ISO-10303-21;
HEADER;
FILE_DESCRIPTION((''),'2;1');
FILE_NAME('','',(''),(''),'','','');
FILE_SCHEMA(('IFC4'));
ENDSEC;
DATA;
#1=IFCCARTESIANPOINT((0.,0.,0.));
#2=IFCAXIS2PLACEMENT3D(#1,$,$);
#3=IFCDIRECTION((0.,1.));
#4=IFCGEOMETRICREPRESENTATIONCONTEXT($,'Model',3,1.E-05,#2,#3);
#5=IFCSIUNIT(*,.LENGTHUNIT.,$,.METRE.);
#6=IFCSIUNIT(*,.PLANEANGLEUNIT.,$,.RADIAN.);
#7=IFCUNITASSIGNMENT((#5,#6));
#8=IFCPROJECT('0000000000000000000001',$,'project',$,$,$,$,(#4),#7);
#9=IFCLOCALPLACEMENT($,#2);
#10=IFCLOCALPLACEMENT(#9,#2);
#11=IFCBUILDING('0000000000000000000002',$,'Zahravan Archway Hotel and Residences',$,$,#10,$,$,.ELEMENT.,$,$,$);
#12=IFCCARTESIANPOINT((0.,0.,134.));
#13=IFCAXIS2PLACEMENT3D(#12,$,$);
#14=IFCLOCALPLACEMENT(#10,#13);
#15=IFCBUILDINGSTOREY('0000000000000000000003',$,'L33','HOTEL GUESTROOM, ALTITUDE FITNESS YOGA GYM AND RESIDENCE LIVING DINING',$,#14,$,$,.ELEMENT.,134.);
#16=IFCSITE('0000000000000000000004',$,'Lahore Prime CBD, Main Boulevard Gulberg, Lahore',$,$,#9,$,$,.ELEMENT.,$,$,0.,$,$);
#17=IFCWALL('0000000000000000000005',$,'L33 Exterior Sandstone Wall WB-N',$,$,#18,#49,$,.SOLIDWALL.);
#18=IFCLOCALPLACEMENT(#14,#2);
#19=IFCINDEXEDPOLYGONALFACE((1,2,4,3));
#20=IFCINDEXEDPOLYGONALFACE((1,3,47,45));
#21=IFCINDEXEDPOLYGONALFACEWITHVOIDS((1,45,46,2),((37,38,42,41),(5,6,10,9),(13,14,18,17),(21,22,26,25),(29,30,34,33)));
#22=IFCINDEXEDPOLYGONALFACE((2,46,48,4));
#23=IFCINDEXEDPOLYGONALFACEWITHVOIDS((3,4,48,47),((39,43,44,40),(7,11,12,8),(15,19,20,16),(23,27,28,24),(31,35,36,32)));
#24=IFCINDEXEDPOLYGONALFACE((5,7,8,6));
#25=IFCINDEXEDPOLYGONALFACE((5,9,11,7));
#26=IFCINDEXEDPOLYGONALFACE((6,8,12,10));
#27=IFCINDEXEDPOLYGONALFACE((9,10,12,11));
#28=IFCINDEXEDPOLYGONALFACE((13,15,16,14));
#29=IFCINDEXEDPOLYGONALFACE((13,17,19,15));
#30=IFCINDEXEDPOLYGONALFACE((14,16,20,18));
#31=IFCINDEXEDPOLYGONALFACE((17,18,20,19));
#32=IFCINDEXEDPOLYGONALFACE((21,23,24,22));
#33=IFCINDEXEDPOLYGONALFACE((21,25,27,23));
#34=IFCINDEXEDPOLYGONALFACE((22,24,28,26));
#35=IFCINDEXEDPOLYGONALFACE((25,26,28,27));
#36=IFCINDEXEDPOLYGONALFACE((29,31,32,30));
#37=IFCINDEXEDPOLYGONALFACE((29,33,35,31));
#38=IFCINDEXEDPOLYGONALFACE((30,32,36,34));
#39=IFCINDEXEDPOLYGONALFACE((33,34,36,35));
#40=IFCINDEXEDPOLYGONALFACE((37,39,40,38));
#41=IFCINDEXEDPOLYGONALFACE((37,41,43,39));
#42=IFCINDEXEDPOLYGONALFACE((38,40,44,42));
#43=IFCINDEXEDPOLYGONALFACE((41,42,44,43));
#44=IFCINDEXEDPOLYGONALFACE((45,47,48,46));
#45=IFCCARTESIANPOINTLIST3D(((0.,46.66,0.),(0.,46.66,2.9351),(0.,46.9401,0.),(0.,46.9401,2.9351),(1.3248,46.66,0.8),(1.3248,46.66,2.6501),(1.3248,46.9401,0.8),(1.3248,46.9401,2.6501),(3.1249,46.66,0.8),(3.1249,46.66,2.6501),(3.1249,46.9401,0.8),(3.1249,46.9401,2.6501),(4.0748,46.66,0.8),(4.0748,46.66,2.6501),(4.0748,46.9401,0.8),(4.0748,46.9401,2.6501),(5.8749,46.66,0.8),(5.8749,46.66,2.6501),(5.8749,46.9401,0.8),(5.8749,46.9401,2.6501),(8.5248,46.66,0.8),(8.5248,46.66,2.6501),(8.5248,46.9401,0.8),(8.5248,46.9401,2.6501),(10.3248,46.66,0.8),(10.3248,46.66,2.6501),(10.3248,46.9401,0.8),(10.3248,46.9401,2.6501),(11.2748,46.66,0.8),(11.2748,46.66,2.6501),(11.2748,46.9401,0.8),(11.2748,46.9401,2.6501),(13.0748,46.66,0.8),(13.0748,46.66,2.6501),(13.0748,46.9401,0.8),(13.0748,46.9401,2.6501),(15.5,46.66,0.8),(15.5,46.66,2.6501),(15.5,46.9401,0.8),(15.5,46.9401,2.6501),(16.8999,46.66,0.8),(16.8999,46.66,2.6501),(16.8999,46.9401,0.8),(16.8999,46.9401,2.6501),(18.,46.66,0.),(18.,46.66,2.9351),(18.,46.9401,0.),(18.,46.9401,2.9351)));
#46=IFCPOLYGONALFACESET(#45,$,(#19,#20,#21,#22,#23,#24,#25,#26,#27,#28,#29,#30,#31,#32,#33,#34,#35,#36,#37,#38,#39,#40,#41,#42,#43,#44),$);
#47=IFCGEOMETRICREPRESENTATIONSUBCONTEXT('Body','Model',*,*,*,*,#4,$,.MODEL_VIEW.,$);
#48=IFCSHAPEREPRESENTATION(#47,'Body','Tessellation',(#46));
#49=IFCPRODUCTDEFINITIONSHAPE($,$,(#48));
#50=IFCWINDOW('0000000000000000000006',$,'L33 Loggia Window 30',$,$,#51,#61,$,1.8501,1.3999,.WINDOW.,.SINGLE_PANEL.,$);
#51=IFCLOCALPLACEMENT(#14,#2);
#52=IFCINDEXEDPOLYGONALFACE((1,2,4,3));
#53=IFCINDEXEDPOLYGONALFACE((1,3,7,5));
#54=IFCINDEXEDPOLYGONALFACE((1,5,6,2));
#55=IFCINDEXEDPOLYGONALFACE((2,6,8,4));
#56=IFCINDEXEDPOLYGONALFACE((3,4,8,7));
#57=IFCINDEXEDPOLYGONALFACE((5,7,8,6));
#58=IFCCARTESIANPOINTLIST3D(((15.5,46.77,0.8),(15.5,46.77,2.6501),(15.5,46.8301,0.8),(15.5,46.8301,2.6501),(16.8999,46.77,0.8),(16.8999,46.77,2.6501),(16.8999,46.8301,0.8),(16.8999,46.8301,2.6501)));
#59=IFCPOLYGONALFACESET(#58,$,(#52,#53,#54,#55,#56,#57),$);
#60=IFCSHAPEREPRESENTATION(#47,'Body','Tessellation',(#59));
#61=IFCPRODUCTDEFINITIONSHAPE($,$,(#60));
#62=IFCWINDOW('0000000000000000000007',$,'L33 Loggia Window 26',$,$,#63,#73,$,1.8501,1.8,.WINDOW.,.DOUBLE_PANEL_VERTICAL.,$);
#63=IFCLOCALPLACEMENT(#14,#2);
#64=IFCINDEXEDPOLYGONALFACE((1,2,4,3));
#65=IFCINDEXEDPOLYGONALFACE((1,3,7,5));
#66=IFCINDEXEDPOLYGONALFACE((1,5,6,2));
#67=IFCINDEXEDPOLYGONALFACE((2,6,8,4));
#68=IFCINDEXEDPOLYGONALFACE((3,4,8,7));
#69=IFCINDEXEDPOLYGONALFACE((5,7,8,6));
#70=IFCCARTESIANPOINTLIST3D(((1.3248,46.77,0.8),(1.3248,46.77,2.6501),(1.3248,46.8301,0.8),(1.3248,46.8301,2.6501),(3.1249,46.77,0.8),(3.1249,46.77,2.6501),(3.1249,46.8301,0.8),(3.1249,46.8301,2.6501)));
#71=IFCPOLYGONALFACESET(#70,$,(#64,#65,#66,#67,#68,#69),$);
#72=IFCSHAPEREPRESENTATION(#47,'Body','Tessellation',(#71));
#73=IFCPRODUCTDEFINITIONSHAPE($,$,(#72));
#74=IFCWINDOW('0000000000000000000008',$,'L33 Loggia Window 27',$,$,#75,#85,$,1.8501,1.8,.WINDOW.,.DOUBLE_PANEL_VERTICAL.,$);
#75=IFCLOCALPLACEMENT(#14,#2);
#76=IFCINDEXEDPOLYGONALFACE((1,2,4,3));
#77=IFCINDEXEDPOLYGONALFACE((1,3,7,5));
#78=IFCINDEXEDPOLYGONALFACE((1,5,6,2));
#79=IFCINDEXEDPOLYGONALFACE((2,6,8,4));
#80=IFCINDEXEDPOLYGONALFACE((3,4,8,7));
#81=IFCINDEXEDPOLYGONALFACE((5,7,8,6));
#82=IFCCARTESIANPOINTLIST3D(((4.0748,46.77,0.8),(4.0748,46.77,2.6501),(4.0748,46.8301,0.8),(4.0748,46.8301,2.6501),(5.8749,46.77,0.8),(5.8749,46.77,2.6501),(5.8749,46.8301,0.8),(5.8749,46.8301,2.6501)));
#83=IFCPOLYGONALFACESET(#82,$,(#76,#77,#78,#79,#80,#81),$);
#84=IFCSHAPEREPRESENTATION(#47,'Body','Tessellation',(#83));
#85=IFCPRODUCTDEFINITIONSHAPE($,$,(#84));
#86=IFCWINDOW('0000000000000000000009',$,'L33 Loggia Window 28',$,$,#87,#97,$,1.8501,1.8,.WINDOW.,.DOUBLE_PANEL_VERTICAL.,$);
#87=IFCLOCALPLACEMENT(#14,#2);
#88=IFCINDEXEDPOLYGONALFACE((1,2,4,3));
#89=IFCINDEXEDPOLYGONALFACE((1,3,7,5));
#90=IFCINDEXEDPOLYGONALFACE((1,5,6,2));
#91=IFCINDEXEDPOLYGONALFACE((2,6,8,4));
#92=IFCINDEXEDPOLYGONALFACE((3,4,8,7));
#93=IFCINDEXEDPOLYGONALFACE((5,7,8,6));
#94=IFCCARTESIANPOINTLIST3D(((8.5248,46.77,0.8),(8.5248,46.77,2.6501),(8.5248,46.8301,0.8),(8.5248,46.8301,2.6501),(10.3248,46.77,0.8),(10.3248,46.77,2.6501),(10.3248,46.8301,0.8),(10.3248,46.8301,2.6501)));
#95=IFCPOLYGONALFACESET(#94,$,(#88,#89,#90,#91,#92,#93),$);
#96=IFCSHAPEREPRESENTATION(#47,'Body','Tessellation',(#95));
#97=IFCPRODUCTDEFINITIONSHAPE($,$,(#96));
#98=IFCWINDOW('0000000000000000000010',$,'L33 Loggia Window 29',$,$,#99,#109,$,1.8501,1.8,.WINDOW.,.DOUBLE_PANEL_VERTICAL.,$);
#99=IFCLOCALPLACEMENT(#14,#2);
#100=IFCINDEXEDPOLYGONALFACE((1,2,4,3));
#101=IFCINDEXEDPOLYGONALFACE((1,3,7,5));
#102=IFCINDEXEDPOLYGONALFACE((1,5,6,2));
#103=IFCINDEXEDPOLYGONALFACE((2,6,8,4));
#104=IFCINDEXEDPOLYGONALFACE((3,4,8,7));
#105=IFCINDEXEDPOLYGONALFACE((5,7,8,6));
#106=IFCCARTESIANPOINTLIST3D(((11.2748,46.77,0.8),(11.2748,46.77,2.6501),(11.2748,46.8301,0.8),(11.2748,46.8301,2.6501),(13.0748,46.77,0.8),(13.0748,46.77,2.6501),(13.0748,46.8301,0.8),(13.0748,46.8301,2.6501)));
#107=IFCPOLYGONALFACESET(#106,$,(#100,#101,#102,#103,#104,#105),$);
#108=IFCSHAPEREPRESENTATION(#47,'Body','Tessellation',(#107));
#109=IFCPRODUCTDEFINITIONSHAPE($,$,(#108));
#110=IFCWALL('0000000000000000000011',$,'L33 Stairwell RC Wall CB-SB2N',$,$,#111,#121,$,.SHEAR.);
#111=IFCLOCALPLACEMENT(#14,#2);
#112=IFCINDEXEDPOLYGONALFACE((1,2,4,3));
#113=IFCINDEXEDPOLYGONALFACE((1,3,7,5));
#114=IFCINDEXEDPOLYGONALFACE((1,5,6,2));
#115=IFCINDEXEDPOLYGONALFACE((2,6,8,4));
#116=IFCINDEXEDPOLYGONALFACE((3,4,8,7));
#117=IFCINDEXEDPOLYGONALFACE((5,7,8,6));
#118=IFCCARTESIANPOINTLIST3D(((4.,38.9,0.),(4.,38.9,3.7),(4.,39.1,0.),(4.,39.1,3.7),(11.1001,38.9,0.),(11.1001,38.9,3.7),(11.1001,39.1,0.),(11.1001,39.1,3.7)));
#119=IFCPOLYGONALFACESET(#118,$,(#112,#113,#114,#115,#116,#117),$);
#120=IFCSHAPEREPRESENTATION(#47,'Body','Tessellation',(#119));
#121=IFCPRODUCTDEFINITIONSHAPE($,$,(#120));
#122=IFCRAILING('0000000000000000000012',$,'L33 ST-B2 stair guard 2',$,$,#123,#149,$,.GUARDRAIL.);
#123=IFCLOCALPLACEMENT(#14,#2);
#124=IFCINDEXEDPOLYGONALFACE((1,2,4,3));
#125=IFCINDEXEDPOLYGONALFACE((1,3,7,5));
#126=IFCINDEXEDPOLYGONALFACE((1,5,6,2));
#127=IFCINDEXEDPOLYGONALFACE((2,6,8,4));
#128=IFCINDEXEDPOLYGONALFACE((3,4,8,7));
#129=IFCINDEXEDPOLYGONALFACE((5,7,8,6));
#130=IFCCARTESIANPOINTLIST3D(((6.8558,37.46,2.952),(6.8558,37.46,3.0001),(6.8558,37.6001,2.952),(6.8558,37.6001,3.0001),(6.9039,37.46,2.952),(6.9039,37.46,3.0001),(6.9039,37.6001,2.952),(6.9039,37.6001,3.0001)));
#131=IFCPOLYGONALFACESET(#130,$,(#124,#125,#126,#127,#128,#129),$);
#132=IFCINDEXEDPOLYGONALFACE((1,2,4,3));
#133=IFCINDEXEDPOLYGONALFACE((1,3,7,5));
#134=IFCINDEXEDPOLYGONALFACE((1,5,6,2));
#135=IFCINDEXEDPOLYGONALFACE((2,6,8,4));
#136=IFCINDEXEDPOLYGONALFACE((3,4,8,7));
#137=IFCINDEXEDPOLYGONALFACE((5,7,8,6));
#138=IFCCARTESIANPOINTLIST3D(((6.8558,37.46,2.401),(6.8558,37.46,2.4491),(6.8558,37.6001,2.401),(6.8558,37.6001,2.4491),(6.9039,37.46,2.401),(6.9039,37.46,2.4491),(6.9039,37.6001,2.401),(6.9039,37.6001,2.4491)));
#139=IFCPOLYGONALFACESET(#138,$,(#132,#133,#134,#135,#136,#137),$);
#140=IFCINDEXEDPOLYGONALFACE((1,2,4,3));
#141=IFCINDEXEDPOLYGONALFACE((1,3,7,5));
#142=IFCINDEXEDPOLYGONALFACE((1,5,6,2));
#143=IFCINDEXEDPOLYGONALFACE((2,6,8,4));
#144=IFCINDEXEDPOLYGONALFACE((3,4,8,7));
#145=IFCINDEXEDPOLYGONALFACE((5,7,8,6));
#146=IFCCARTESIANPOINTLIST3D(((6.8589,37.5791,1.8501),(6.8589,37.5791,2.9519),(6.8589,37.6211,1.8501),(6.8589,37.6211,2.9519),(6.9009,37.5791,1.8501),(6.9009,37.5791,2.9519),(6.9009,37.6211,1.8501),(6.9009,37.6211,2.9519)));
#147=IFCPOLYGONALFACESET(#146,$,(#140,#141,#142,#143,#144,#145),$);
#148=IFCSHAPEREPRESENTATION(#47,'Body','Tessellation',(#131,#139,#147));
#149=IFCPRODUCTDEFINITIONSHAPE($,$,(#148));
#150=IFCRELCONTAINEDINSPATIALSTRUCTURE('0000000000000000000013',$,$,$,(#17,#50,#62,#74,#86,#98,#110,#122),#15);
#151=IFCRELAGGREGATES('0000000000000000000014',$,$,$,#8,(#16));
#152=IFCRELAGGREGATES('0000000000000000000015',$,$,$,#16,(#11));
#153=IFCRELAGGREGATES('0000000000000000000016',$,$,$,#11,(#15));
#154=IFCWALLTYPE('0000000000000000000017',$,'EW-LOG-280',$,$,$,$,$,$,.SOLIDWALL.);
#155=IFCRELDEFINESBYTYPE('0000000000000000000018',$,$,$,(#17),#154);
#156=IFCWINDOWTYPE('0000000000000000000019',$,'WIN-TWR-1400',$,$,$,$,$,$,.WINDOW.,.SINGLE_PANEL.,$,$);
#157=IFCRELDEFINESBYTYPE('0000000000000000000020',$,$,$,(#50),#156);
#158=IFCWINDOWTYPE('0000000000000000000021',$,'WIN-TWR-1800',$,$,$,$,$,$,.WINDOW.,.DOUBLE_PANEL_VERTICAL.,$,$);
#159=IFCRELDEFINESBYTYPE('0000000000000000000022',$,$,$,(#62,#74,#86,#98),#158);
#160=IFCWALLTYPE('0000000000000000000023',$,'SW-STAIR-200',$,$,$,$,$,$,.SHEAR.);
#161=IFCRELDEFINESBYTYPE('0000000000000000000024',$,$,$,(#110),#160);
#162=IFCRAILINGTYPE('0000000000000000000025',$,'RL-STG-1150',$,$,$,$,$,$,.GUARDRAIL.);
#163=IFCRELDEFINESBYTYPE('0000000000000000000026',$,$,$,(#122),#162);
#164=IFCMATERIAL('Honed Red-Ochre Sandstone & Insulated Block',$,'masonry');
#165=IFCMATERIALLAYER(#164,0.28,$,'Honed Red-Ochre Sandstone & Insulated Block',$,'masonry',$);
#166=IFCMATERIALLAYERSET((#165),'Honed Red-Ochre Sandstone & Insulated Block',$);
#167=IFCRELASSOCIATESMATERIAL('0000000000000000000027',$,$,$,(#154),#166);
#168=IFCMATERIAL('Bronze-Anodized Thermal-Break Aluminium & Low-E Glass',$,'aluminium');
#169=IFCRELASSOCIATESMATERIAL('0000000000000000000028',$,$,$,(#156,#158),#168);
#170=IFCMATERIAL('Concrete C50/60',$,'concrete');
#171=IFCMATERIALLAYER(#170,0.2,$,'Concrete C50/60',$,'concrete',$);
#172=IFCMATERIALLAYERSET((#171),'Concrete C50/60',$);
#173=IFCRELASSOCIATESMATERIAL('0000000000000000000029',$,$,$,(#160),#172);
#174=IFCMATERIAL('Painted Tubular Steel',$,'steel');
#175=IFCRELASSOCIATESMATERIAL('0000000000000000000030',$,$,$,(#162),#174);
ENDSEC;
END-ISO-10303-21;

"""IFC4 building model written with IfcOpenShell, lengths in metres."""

from ifc_helpers import new_model, si_unit, direction, frame, frame_2d, origin, origin_2d, place, context, subcontext, project, spatial, rectangle, extrude, source, transform, mapped, material, layer, layer_set, type_object, type_shapes, element, fill, save


model = new_model("IFC4")

# Units and contexts
model_context = context("Model", 3, precision=1e-05, world=origin(), true_north=direction((0.0, 1.0)))
body_context = subcontext(model_context, "Body", "Model", "MODEL_VIEW")
ifc_project = project(units=[si_unit("LENGTHUNIT", "METRE"), si_unit("PLANEANGLEUNIT", "RADIAN")], contexts=[model_context])

# Site, building, storey
site_placement = place(None, origin())
site = spatial("IfcSite", under=ifc_project, at=site_placement, Name="Lahore Prime CBD, Main Boulevard Gulberg, Lahore", CompositionType="ELEMENT", RefElevation=0.0)
building_placement = place(site_placement, origin())
building = spatial("IfcBuilding", under=site, at=building_placement, Name="Zahravan Archway Hotel and Residences", CompositionType="ELEMENT")
storey_placement = place(building_placement, frame((0.0, 0.0, 134.0)))
storey = spatial("IfcBuildingStorey", under=building, at=storey_placement, Name="L33", Description="HOTEL GUESTROOM, ALTITUDE FITNESS YOGA GYM AND RESIDENCE LIVING DINING", CompositionType="ELEMENT", Elevation=134.0)

# Wall, openings, windows
ifc_material_1 = material(Name="Honed Red-Ochre Sandstone & Insulated Block", Category="masonry")
ifc_layer_1 = layer(ifc_material_1, 0.28, Name="Honed Red-Ochre Sandstone & Insulated Block", Category="masonry")
ifc_layer_set_1 = layer_set([ifc_layer_1], Name="Honed Red-Ochre Sandstone & Insulated Block")
wall_type_1 = type_object("IfcWallType", Name="EW-LOG-280", PredefinedType="SOLIDWALL", material=ifc_layer_set_1)
wall_1_placement = place(storey_placement, frame((0.0, 46.8, 0.0), z_axis=(0.0, 0.0, 1.0), x_axis=(1.0, 0.0, 0.0)))
wall_1 = element("IfcWall", 1, at=wall_1_placement, inside=storey, type_object=wall_type_1, Name="L33 Exterior Sandstone Wall WB-N", PredefinedType="SOLIDWALL", context=body_context, shape_type="SweptSolid", body=[
    extrude(rectangle(XDim=18.0, YDim=0.28, at=frame_2d((9.0, 0.0))), origin(), (0.0, 0.0, 1.0), 2.9351),
])
opening_1_placement = place(wall_1_placement, frame((1.325, 0.0, 0.8)))
opening_1 = element("IfcOpeningElement", 2, at=opening_1_placement, cuts=wall_1, PredefinedType="OPENING", context=body_context, shape_type="SweptSolid", body=[
    extrude(rectangle(XDim=1.8, YDim=1.8501, at=frame_2d((0.8999, 0.925))), frame((0.0, 0.1499, 0.0), z_axis=(0.0, -1.0, 0.0), x_axis=(1.0, 0.0, 0.0)), (0.0, 0.0, 1.0), 0.3),
])
opening_2_placement = place(wall_1_placement, frame((4.075, 0.0, 0.8)))
opening_2 = element("IfcOpeningElement", 3, at=opening_2_placement, cuts=wall_1, PredefinedType="OPENING", context=body_context, shape_type="SweptSolid", body=[
    extrude(rectangle(XDim=1.8, YDim=1.8501, at=frame_2d((0.8999, 0.925))), frame((0.0, 0.1499, 0.0), z_axis=(0.0, -1.0, 0.0), x_axis=(1.0, 0.0, 0.0)), (0.0, 0.0, 1.0), 0.3),
])
opening_3_placement = place(wall_1_placement, frame((8.5249, 0.0, 0.8)))
opening_3 = element("IfcOpeningElement", 4, at=opening_3_placement, cuts=wall_1, PredefinedType="OPENING", context=body_context, shape_type="SweptSolid", body=[
    extrude(rectangle(XDim=1.8, YDim=1.8501, at=frame_2d((0.8999, 0.925))), frame((0.0, 0.1499, 0.0), z_axis=(0.0, -1.0, 0.0), x_axis=(1.0, 0.0, 0.0)), (0.0, 0.0, 1.0), 0.3),
])
opening_4_placement = place(wall_1_placement, frame((11.2749, 0.0, 0.8)))
opening_4 = element("IfcOpeningElement", 5, at=opening_4_placement, cuts=wall_1, PredefinedType="OPENING", context=body_context, shape_type="SweptSolid", body=[
    extrude(rectangle(XDim=1.8, YDim=1.8501, at=frame_2d((0.8999, 0.925))), frame((0.0, 0.1499, 0.0), z_axis=(0.0, -1.0, 0.0), x_axis=(1.0, 0.0, 0.0)), (0.0, 0.0, 1.0), 0.3),
])
opening_5_placement = place(wall_1_placement, frame((15.5, 0.0, 0.8)))
opening_5 = element("IfcOpeningElement", 6, at=opening_5_placement, cuts=wall_1, PredefinedType="OPENING", context=body_context, shape_type="SweptSolid", body=[
    extrude(rectangle(XDim=1.3999, YDim=1.8501, at=frame_2d((0.7, 0.925))), frame((0.0, 0.1499, 0.0), z_axis=(0.0, -1.0, 0.0), x_axis=(1.0, 0.0, 0.0)), (0.0, 0.0, 1.0), 0.3),
])
ifc_material_2 = material(Name="Bronze-Anodized Thermal-Break Aluminium & Low-E Glass", Category="aluminium")
window_type_1 = type_object("IfcWindowType", Name="WIN-TWR-1400", PartitioningType="SINGLE_PANEL", PredefinedType="WINDOW", material=ifc_material_2)
shared_shape_1 = source(origin(), body_context, "Body", "SweptSolid", [
    extrude(rectangle(XDim=1.3999, YDim=1.8501, at=frame_2d((0.7, 0.925))), frame((0.0, 0.03, 0.0), z_axis=(0.0, -1.0, 0.0), x_axis=(1.0, 0.0, 0.0)), (0.0, 0.0, 1.0), 0.0601),
])
type_shapes(window_type_1, [shared_shape_1])
window_1_placement = place(opening_5_placement, origin())
window_1 = element("IfcWindow", 7, at=window_1_placement, inside=storey, type_object=window_type_1, Name="L33 Loggia Window 30", OverallHeight=1.8501, OverallWidth=1.3999, PartitioningType="SINGLE_PANEL", PredefinedType="WINDOW", context=body_context, shape_type="MappedRepresentation", body=[
    mapped(shared_shape_1, transform((0.0, 0.0, 0.0), scale=1.0)),
])
fill(opening_5, window_1)
window_type_2 = type_object("IfcWindowType", Name="WIN-TWR-1800", PartitioningType="DOUBLE_PANEL_VERTICAL", PredefinedType="WINDOW", material=ifc_material_2)
shared_shape_2 = source(origin(), body_context, "Body", "SweptSolid", [
    extrude(rectangle(XDim=1.8, YDim=1.8501, at=frame_2d((0.8999, 0.925))), frame((0.0, 0.03, 0.0), z_axis=(0.0, -1.0, 0.0), x_axis=(1.0, 0.0, 0.0)), (0.0, 0.0, 1.0), 0.0601),
])
type_shapes(window_type_2, [shared_shape_2])
window_2_placement = place(opening_1_placement, origin())
window_2 = element("IfcWindow", 8, at=window_2_placement, inside=storey, type_object=window_type_2, Name="L33 Loggia Window 26", OverallHeight=1.8501, OverallWidth=1.8, PartitioningType="DOUBLE_PANEL_VERTICAL", PredefinedType="WINDOW", context=body_context, shape_type="MappedRepresentation", body=[
    mapped(shared_shape_2, transform((0.0, 0.0, 0.0), scale=1.0)),
])
fill(opening_1, window_2)
window_3_placement = place(opening_2_placement, origin())
window_3 = element("IfcWindow", 9, at=window_3_placement, inside=storey, type_object=window_type_2, Name="L33 Loggia Window 27", OverallHeight=1.8501, OverallWidth=1.8, PartitioningType="DOUBLE_PANEL_VERTICAL", PredefinedType="WINDOW", context=body_context, shape_type="MappedRepresentation", body=[
    mapped(shared_shape_2, transform((0.0, 0.0, 0.0), scale=1.0)),
])
fill(opening_2, window_3)
window_4_placement = place(opening_3_placement, origin())
window_4 = element("IfcWindow", 10, at=window_4_placement, inside=storey, type_object=window_type_2, Name="L33 Loggia Window 28", OverallHeight=1.8501, OverallWidth=1.8, PartitioningType="DOUBLE_PANEL_VERTICAL", PredefinedType="WINDOW", context=body_context, shape_type="MappedRepresentation", body=[
    mapped(shared_shape_2, transform((0.0, 0.0, 0.0), scale=1.0)),
])
fill(opening_3, window_4)
window_5_placement = place(opening_4_placement, origin())
window_5 = element("IfcWindow", 11, at=window_5_placement, inside=storey, type_object=window_type_2, Name="L33 Loggia Window 29", OverallHeight=1.8501, OverallWidth=1.8, PartitioningType="DOUBLE_PANEL_VERTICAL", PredefinedType="WINDOW", context=body_context, shape_type="MappedRepresentation", body=[
    mapped(shared_shape_2, transform((0.0, 0.0, 0.0), scale=1.0)),
])
fill(opening_4, window_5)

# Wall
ifc_material_3 = material(Name="Concrete C50/60", Category="concrete")
ifc_layer_2 = layer(ifc_material_3, 0.2, Name="Concrete C50/60", Category="concrete")
ifc_layer_set_2 = layer_set([ifc_layer_2], Name="Concrete C50/60")
wall_type_2 = type_object("IfcWallType", Name="SW-STAIR-200", PredefinedType="SHEAR", material=ifc_layer_set_2)
wall_2_placement = place(storey_placement, frame((4.0, 39.0, 0.0), z_axis=(0.0, 0.0, 1.0), x_axis=(1.0, 0.0, 0.0)))
element("IfcWall", 12, at=wall_2_placement, inside=storey, type_object=wall_type_2, Name="L33 Stairwell RC Wall CB-SB2N", PredefinedType="SHEAR", context=body_context, shape_type="SweptSolid", body=[
    extrude(rectangle(XDim=7.1001, YDim=0.2, at=frame_2d((3.55, 0.0))), origin(), (0.0, 0.0, 1.0), 3.7),
])

# Railing
ifc_material_4 = material(Name="Painted Tubular Steel", Category="steel")
railing_type_1 = type_object("IfcRailingType", Name="RL-STG-1150", PredefinedType="GUARDRAIL", material=ifc_material_4)
railing_1_placement = place(storey_placement, frame((6.8799, 37.6001, 1.8501)))
element("IfcRailing", 13, at=railing_1_placement, inside=storey, type_object=railing_type_1, Name="L33 ST-B2 stair guard 2", PredefinedType="GUARDRAIL", context=body_context, shape_type="SweptSolid", body=[
    extrude(rectangle(XDim=0.0481, YDim=0.0481, at=origin_2d()), frame((0.0, 0.0, 1.126), z_axis=(0.0, -1.0, 0.0), x_axis=(1.0, 0.0, 0.0)), (0.0, 0.0, 1.0), 0.1401),
    extrude(rectangle(XDim=0.0481, YDim=0.0481, at=origin_2d()), frame((0.0, 0.0, 0.575), z_axis=(0.0, -1.0, 0.0), x_axis=(1.0, 0.0, 0.0)), (0.0, 0.0, 1.0), 0.1401),
    extrude(rectangle(XDim=0.042, YDim=0.042, at=origin_2d()), origin(), (0.0, 0.0, 1.0), 1.1018),
])

save(model, "model.ifc")
